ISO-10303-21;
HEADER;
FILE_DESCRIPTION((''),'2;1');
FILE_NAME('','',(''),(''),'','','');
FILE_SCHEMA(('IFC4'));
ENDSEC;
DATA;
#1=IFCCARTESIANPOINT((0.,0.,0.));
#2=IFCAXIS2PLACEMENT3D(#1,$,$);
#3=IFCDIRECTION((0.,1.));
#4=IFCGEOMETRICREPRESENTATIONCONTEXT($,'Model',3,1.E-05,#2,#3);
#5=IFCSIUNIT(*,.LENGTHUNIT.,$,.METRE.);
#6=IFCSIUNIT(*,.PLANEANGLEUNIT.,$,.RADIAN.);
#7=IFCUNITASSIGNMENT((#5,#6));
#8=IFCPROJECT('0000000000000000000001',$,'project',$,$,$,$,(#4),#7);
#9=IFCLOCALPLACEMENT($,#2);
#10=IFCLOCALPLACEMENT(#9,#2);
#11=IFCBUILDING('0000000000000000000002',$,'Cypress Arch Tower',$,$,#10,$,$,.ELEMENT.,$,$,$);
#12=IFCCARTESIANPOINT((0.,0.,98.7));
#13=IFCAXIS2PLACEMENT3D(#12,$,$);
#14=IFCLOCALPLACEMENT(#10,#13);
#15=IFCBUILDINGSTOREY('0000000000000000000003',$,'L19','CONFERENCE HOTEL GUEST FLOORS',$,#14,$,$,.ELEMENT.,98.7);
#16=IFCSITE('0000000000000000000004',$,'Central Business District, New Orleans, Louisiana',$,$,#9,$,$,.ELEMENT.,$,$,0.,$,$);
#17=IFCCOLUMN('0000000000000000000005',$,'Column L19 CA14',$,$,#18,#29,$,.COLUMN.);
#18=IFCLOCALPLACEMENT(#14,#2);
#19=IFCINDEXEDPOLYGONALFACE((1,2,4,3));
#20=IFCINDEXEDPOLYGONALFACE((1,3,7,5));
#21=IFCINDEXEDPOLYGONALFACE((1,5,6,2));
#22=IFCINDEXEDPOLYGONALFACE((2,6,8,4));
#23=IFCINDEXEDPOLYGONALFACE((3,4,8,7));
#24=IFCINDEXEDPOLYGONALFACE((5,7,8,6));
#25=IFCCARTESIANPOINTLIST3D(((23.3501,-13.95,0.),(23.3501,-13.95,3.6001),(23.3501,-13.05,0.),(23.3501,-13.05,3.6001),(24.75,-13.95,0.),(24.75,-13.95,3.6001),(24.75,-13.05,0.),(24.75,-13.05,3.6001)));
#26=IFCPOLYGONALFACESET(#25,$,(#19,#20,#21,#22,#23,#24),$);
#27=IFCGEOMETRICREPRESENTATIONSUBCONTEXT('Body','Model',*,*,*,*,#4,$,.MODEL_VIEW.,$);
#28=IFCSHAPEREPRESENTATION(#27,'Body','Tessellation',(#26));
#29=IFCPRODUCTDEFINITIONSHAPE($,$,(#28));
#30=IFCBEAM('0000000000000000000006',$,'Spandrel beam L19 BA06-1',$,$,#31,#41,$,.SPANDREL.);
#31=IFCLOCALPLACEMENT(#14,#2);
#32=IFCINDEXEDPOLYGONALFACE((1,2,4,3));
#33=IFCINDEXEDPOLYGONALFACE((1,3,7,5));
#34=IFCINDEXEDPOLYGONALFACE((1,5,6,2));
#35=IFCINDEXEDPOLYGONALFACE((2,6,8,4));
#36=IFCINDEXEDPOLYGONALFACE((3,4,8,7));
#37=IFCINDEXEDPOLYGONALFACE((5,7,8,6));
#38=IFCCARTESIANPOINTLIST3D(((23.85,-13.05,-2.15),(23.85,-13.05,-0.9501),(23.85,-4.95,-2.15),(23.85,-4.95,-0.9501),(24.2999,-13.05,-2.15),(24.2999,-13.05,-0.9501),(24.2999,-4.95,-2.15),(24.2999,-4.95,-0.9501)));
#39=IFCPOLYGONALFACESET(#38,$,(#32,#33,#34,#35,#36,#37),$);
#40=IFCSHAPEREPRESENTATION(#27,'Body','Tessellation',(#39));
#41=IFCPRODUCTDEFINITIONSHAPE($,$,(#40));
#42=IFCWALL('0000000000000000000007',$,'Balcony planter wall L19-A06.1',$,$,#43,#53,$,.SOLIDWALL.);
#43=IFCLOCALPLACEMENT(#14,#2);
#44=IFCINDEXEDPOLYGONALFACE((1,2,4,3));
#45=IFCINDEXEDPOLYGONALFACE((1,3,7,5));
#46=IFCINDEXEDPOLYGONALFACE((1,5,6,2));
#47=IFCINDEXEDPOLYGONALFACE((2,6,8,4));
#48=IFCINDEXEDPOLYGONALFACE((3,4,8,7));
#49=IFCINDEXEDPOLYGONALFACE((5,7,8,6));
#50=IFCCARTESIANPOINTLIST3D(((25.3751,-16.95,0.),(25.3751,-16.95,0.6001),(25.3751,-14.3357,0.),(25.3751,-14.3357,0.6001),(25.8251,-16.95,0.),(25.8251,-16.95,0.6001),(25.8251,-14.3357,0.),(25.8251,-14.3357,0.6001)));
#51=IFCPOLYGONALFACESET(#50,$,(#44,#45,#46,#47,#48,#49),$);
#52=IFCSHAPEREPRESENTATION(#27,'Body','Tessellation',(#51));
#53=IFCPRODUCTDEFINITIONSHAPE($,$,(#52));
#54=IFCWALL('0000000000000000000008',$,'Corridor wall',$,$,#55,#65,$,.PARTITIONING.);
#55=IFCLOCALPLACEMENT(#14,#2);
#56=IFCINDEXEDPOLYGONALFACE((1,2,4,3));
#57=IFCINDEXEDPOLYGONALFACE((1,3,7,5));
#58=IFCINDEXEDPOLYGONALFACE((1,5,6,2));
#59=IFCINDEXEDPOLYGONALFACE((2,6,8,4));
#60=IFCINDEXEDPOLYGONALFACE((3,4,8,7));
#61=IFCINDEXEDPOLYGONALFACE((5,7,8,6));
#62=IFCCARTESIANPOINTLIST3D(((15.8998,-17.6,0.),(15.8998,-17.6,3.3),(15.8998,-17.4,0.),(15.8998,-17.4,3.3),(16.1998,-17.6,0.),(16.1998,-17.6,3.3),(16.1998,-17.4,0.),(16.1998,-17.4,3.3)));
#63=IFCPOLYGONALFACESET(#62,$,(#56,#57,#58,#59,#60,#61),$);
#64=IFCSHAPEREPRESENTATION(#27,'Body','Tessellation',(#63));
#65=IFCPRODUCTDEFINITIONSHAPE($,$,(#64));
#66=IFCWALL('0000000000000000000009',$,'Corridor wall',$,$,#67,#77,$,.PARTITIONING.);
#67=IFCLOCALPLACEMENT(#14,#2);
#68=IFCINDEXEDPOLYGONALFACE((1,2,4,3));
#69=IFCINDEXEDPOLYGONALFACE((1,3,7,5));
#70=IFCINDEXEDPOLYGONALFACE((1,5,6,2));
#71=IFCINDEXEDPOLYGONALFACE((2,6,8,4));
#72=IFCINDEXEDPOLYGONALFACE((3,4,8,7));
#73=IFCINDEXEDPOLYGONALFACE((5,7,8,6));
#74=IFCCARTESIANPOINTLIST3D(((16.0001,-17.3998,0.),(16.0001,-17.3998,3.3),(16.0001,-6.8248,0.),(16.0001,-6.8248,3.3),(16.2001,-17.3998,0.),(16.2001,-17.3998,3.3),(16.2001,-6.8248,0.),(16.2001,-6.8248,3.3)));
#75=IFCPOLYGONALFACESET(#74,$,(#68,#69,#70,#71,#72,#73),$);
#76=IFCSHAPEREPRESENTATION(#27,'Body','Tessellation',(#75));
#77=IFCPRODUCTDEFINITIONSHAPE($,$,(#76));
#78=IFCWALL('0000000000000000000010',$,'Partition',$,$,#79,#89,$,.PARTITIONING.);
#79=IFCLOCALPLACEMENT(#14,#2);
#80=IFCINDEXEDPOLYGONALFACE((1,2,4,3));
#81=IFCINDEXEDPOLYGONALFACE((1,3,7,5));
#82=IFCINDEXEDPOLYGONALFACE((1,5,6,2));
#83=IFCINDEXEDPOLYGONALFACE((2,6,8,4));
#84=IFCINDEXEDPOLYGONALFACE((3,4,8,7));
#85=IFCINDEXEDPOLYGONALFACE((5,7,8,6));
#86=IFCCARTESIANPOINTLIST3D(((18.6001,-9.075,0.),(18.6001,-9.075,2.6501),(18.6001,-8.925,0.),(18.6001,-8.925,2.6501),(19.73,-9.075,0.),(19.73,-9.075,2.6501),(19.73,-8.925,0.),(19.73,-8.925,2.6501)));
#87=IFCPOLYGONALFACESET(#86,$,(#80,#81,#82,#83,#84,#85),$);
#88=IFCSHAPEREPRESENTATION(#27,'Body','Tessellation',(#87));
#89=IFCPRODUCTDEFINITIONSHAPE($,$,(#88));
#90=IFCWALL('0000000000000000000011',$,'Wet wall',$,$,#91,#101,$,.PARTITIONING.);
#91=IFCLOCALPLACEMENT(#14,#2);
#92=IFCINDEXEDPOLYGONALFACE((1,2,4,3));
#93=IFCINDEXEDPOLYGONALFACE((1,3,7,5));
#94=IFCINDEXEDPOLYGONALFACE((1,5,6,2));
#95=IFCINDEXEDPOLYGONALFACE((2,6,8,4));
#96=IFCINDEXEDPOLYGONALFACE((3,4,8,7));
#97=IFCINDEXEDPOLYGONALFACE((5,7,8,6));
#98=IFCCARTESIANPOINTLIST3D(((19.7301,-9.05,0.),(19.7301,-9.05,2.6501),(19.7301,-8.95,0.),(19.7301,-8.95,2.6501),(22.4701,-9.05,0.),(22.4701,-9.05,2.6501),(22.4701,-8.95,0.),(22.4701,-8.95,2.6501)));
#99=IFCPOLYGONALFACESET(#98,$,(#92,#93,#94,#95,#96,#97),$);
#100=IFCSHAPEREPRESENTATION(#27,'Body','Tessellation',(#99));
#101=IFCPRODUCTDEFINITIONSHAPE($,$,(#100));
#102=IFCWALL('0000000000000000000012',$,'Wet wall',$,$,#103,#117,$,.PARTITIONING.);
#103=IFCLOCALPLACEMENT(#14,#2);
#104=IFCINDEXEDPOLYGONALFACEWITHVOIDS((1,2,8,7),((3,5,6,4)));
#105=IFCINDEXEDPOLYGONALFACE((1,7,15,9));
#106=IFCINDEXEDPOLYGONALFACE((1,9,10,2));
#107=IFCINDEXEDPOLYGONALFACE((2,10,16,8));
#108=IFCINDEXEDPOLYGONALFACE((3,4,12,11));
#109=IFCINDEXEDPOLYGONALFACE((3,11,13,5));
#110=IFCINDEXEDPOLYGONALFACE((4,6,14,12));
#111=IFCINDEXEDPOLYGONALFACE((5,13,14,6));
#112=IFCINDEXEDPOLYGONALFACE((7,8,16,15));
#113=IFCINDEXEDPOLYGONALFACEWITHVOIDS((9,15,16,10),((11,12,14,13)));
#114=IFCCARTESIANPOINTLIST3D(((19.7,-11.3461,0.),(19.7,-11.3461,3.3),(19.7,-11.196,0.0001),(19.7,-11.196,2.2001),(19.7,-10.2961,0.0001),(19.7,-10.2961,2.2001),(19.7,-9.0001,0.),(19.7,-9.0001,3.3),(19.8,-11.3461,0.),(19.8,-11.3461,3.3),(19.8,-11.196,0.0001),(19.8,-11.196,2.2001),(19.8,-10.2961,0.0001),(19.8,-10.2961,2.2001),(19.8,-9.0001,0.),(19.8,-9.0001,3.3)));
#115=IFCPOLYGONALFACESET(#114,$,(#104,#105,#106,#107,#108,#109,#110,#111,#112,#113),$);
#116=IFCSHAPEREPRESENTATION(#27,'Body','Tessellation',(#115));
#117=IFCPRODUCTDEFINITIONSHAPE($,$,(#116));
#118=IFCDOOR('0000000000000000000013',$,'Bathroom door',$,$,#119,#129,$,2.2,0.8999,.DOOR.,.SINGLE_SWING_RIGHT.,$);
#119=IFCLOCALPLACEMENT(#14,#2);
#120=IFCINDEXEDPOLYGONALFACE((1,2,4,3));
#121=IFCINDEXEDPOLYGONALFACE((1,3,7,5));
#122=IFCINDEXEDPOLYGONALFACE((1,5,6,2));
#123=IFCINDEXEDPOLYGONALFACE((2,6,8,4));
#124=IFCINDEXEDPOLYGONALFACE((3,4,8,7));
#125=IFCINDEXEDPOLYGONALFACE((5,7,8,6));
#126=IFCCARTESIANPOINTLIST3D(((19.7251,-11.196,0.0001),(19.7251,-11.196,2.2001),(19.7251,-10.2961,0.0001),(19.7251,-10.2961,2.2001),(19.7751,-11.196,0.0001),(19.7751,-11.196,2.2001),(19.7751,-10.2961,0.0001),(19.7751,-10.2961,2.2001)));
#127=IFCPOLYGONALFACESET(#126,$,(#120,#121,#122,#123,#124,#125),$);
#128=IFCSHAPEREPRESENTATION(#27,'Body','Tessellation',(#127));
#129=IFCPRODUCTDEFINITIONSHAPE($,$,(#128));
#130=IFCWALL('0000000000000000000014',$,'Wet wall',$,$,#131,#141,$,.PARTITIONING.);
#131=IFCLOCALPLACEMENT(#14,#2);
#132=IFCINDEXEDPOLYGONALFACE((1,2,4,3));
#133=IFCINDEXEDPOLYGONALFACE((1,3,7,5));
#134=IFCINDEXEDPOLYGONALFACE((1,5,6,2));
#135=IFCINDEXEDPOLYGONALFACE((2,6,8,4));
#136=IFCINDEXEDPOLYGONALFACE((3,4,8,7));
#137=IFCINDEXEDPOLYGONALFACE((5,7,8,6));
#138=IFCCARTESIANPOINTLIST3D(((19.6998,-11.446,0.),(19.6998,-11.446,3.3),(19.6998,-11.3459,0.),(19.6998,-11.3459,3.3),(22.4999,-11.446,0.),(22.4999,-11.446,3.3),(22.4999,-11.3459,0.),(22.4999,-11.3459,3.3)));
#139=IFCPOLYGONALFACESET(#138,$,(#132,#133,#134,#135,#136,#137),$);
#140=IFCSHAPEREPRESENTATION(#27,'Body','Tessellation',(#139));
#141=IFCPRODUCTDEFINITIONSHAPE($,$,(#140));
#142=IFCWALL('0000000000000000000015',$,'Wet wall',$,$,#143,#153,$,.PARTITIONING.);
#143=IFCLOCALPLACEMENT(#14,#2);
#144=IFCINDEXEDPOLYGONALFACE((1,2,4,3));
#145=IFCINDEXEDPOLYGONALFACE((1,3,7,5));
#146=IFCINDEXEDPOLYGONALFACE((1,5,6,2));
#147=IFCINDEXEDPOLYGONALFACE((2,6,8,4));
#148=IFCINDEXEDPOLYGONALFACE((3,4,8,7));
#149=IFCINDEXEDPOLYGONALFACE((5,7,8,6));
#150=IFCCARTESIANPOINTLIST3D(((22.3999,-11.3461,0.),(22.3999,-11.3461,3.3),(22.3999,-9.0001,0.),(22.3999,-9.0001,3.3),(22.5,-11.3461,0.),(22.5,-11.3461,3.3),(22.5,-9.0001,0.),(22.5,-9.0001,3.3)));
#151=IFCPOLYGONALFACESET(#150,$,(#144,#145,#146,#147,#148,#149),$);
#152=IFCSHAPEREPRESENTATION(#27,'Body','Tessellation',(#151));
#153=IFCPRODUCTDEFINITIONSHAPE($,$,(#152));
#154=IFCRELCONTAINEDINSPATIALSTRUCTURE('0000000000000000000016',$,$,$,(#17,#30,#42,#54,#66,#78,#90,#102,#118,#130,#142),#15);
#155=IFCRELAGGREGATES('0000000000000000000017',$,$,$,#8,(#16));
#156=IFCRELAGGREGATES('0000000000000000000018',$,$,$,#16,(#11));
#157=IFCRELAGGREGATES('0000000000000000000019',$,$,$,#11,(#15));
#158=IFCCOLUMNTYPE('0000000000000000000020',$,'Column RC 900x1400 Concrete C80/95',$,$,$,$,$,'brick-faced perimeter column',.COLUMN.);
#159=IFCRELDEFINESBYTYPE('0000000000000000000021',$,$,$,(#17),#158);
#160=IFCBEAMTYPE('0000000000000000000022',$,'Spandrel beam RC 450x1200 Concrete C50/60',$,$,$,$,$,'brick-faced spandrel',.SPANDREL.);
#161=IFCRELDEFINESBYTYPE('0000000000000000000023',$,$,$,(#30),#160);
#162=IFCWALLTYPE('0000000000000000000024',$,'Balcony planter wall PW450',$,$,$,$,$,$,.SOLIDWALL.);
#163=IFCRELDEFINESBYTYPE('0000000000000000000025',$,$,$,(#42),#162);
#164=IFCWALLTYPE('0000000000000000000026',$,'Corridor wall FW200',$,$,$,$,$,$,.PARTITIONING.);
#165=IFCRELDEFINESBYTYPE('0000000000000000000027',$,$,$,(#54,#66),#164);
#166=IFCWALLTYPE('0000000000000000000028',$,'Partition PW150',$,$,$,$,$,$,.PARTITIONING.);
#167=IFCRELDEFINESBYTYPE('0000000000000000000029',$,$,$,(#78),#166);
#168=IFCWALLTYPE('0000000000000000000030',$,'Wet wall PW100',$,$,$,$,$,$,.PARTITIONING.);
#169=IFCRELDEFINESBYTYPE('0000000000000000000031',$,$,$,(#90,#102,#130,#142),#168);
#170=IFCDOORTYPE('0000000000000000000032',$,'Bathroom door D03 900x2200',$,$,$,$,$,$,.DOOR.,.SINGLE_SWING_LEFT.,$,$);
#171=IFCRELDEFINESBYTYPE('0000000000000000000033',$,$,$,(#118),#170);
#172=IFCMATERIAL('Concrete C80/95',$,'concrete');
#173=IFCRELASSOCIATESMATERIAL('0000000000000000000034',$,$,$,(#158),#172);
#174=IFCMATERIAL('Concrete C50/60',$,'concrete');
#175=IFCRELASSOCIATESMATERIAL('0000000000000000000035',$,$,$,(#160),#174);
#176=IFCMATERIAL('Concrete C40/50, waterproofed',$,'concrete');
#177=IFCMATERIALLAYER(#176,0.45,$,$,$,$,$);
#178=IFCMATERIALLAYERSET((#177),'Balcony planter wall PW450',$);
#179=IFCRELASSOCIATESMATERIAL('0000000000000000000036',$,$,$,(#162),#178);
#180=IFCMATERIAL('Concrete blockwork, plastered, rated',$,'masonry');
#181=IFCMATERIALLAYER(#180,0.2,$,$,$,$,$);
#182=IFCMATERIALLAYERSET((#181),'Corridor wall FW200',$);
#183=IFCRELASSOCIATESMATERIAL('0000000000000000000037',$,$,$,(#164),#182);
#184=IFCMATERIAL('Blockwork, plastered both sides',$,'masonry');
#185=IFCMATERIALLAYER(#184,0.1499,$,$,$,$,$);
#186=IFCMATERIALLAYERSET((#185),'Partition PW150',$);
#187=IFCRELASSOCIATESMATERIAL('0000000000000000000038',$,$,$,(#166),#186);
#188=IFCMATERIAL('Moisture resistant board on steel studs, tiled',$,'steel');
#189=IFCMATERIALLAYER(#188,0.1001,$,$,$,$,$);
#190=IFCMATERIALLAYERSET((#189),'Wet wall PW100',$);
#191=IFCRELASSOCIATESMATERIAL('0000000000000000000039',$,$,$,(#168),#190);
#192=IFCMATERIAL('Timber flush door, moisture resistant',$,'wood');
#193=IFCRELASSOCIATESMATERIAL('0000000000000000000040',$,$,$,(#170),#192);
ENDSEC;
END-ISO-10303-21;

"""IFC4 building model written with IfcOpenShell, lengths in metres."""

from ifc_helpers import new_model, si_unit, direction, frame, frame_2d, origin, origin_2d, place, context, subcontext, project, spatial, rectangle, extrude, material, layer, layer_set, material_profile, profile_set, type_object, element, fill, save


model = new_model("IFC4")

# Units and contexts
model_context = context("Model", 3, precision=1e-05, world=origin(), true_north=direction((0.0, 1.0)))
body_context = subcontext(model_context, "Body", "Model", "MODEL_VIEW")
ifc_project = project(units=[si_unit("LENGTHUNIT", "METRE"), si_unit("PLANEANGLEUNIT", "RADIAN")], contexts=[model_context])

# Site, building, storey
site_placement = place(None, origin())
site = spatial("IfcSite", under=ifc_project, at=site_placement, Name="Central Business District, New Orleans, Louisiana", CompositionType="ELEMENT", RefElevation=0.0)
building_placement = place(site_placement, origin())
building = spatial("IfcBuilding", under=site, at=building_placement, Name="Cypress Arch Tower", CompositionType="ELEMENT")
storey_placement = place(building_placement, frame((0.0, 0.0, 98.7)))
storey = spatial("IfcBuildingStorey", under=building, at=storey_placement, Name="L19", Description="CONFERENCE HOTEL GUEST FLOORS", CompositionType="ELEMENT", Elevation=98.7)

# Column
ifc_material_1 = material(Name="Concrete C80/95", Category="concrete")
ifc_material_profile_1 = material_profile(ifc_material_1, rectangle(XDim=0.8999, YDim=1.3999, at=origin_2d()), Name="RC 900x1400")
ifc_profile_set_1 = profile_set([ifc_material_profile_1], Name="Concrete C80/95")
column_type = type_object("IfcColumnType", Name="Column RC 900x1400 Concrete C80/95", ElementType="brick-faced perimeter column", PredefinedType="COLUMN", material=ifc_profile_set_1)
column_placement = place(storey_placement, frame((24.05, -13.5, 0.0), z_axis=(0.0, 0.0, 1.0), x_axis=(0.0, 1.0, 0.0)))
element("IfcColumn", 1, at=column_placement, inside=storey, type_object=column_type, Name="Column L19 CA14", PredefinedType="COLUMN", context=body_context, shape_type="SweptSolid", body=[
    extrude(rectangle(XDim=0.8999, YDim=1.3999, at=origin_2d()), origin(), (0.0, 0.0, 1.0), 3.6001),
])

# Beam
ifc_material_2 = material(Name="Concrete C50/60", Category="concrete")
ifc_material_profile_2 = material_profile(ifc_material_2, rectangle(XDim=0.45, YDim=1.2, at=origin_2d()), Name="RC 450x1200")
ifc_profile_set_2 = profile_set([ifc_material_profile_2], Name="Concrete C50/60")
beam_type = type_object("IfcBeamType", Name="Spandrel beam RC 450x1200 Concrete C50/60", ElementType="brick-faced spandrel", PredefinedType="SPANDREL", material=ifc_profile_set_2)
beam_placement = place(storey_placement, frame((24.075, -13.05, -1.55), z_axis=(0.0, 1.0, 0.0), x_axis=(-1.0, 0.0, 0.0)))
element("IfcBeam", 2, at=beam_placement, inside=storey, type_object=beam_type, Name="Spandrel beam L19 BA06-1", PredefinedType="SPANDREL", context=body_context, shape_type="SweptSolid", body=[
    extrude(rectangle(XDim=0.45, YDim=1.2, at=origin_2d()), origin(), (0.0, 0.0, 1.0), 8.1001),
])

# Wall
ifc_material_3 = material(Name="Concrete C40/50, waterproofed", Category="concrete")
ifc_layer_1 = layer(ifc_material_3, 0.45)
ifc_layer_set_1 = layer_set([ifc_layer_1], Name="Balcony planter wall PW450")
wall_type_1 = type_object("IfcWallType", Name="Balcony planter wall PW450", PredefinedType="SOLIDWALL", material=ifc_layer_set_1)
wall_1_placement = place(storey_placement, frame((25.6001, -16.95, 0.0), z_axis=(0.0, 0.0, 1.0), x_axis=(0.0, 1.0, 0.0)))
element("IfcWall", 3, at=wall_1_placement, inside=storey, type_object=wall_type_1, Name="Balcony planter wall L19-A06.1", PredefinedType="SOLIDWALL", context=body_context, shape_type="SweptSolid", body=[
    extrude(rectangle(XDim=2.6143, YDim=0.45, at=frame_2d((1.3071, 0.0))), origin(), (0.0, 0.0, 1.0), 0.6001),
])

# Walls
ifc_material_4 = material(Name="Concrete blockwork, plastered, rated", Category="masonry")
ifc_layer_2 = layer(ifc_material_4, 0.2)
ifc_layer_set_2 = layer_set([ifc_layer_2], Name="Corridor wall FW200")
wall_type_2 = type_object("IfcWallType", Name="Corridor wall FW200", PredefinedType="PARTITIONING", material=ifc_layer_set_2)
wall_2_placement = place(storey_placement, frame((15.8999, -17.5, 0.0), z_axis=(0.0, 0.0, 1.0), x_axis=(1.0, 0.0, 0.0)))
element("IfcWall", 4, at=wall_2_placement, inside=storey, type_object=wall_type_2, Name="Corridor wall", PredefinedType="PARTITIONING", context=body_context, shape_type="SweptSolid", body=[
    extrude(rectangle(XDim=0.3, YDim=0.2, at=frame_2d((0.1499, 0.0))), origin(), (0.0, 0.0, 1.0), 3.3),
])
wall_3_placement = place(storey_placement, frame((16.1001, -17.3999, 0.0), z_axis=(0.0, 0.0, 1.0), x_axis=(0.0, 1.0, 0.0)))
element("IfcWall", 5, at=wall_3_placement, inside=storey, type_object=wall_type_2, Name="Corridor wall", PredefinedType="PARTITIONING", context=body_context, shape_type="SweptSolid", body=[
    extrude(rectangle(XDim=10.575, YDim=0.2, at=frame_2d((5.2876, 0.0))), origin(), (0.0, 0.0, 1.0), 3.3),
])
ifc_material_5 = material(Name="Blockwork, plastered both sides", Category="masonry")
ifc_layer_3 = layer(ifc_material_5, 0.1499)
ifc_layer_set_3 = layer_set([ifc_layer_3], Name="Partition PW150")
wall_type_3 = type_object("IfcWallType", Name="Partition PW150", PredefinedType="PARTITIONING", material=ifc_layer_set_3)
wall_4_placement = place(storey_placement, frame((18.6001, -9.0, 0.0), z_axis=(0.0, 0.0, 1.0), x_axis=(1.0, 0.0, 0.0)))
element("IfcWall", 6, at=wall_4_placement, inside=storey, type_object=wall_type_3, Name="Partition", PredefinedType="PARTITIONING", context=body_context, shape_type="SweptSolid", body=[
    extrude(rectangle(XDim=1.1299, YDim=0.1499, at=frame_2d((0.5649, 0.0))), origin(), (0.0, 0.0, 1.0), 2.6501),
])
ifc_material_6 = material(Name="Moisture resistant board on steel studs, tiled", Category="steel")
ifc_layer_4 = layer(ifc_material_6, 0.1001)
ifc_layer_set_4 = layer_set([ifc_layer_4], Name="Wet wall PW100")
wall_type_4 = type_object("IfcWallType", Name="Wet wall PW100", PredefinedType="PARTITIONING", material=ifc_layer_set_4)
wall_5_placement = place(storey_placement, frame((19.73, -9.0, 0.0), z_axis=(0.0, 0.0, 1.0), x_axis=(1.0, 0.0, 0.0)))
element("IfcWall", 7, at=wall_5_placement, inside=storey, type_object=wall_type_4, Name="Wet wall", PredefinedType="PARTITIONING", context=body_context, shape_type="SweptSolid", body=[
    extrude(rectangle(XDim=2.74, YDim=0.1001, at=frame_2d((1.3701, 0.0))), origin(), (0.0, 0.0, 1.0), 2.6501),
])

# Wall, opening, door
wall_6_placement = place(storey_placement, frame((19.75, -11.3459, 0.0), z_axis=(0.0, 0.0, 1.0), x_axis=(0.0, 1.0, 0.0)))
wall_6 = element("IfcWall", 8, at=wall_6_placement, inside=storey, type_object=wall_type_4, Name="Wet wall", PredefinedType="PARTITIONING", context=body_context, shape_type="SweptSolid", body=[
    extrude(rectangle(XDim=2.3459, YDim=0.1001, at=frame_2d((1.1729, 0.0))), origin(), (0.0, 0.0, 1.0), 3.3),
])
opening_1_placement = place(wall_6_placement, frame((0.1499, 0.0, 0.0)))
opening_1 = element("IfcOpeningElement", 9, at=opening_1_placement, cuts=wall_6, PredefinedType="OPENING", context=body_context, shape_type="SweptSolid", body=[
    extrude(rectangle(XDim=0.8999, YDim=2.2, at=frame_2d((0.45, 1.1001))), frame((0.0, 0.0601, 0.0), z_axis=(0.0, -1.0, 0.0), x_axis=(1.0, 0.0, 0.0)), (0.0, 0.0, 1.0), 0.1201),
])
ifc_material_7 = material(Name="Timber flush door, moisture resistant", Category="wood")
door_type_1 = type_object("IfcDoorType", Name="Bathroom door D03 900x2200", OperationType="SINGLE_SWING_LEFT", PredefinedType="DOOR", material=ifc_material_7)
door_1_placement = place(opening_1_placement, origin())
door_1 = element("IfcDoor", 10, at=door_1_placement, inside=storey, type_object=door_type_1, Name="Bathroom door", OperationType="SINGLE_SWING_RIGHT", OverallHeight=2.2, OverallWidth=0.8999, PredefinedType="DOOR", context=body_context, shape_type="SweptSolid", body=[
    extrude(rectangle(XDim=0.8999, YDim=2.2, at=frame_2d((0.45, 1.1001))), frame((0.0, 0.0249, 0.0), z_axis=(0.0, -1.0, 0.0), x_axis=(1.0, 0.0, 0.0)), (0.0, 0.0, 1.0), 0.05),
])
fill(opening_1, door_1)

# Walls
wall_7_placement = place(storey_placement, frame((19.7, -11.396, 0.0), z_axis=(0.0, 0.0, 1.0), x_axis=(1.0, 0.0, 0.0)))
element("IfcWall", 11, at=wall_7_placement, inside=storey, type_object=wall_type_4, Name="Wet wall", PredefinedType="PARTITIONING", context=body_context, shape_type="SweptSolid", body=[
    extrude(rectangle(XDim=2.8, YDim=0.1001, at=frame_2d((1.3999, 0.0))), origin(), (0.0, 0.0, 1.0), 3.3),
])
wall_8_placement = place(storey_placement, frame((22.45, -11.3459, 0.0), z_axis=(0.0, 0.0, 1.0), x_axis=(0.0, 1.0, 0.0)))
element("IfcWall", 12, at=wall_8_placement, inside=storey, type_object=wall_type_4, Name="Wet wall", PredefinedType="PARTITIONING", context=body_context, shape_type="SweptSolid", body=[
    extrude(rectangle(XDim=2.3459, YDim=0.1001, at=frame_2d((1.1729, 0.0))), origin(), (0.0, 0.0, 1.0), 3.3),
])

save(model, "model.ifc")
